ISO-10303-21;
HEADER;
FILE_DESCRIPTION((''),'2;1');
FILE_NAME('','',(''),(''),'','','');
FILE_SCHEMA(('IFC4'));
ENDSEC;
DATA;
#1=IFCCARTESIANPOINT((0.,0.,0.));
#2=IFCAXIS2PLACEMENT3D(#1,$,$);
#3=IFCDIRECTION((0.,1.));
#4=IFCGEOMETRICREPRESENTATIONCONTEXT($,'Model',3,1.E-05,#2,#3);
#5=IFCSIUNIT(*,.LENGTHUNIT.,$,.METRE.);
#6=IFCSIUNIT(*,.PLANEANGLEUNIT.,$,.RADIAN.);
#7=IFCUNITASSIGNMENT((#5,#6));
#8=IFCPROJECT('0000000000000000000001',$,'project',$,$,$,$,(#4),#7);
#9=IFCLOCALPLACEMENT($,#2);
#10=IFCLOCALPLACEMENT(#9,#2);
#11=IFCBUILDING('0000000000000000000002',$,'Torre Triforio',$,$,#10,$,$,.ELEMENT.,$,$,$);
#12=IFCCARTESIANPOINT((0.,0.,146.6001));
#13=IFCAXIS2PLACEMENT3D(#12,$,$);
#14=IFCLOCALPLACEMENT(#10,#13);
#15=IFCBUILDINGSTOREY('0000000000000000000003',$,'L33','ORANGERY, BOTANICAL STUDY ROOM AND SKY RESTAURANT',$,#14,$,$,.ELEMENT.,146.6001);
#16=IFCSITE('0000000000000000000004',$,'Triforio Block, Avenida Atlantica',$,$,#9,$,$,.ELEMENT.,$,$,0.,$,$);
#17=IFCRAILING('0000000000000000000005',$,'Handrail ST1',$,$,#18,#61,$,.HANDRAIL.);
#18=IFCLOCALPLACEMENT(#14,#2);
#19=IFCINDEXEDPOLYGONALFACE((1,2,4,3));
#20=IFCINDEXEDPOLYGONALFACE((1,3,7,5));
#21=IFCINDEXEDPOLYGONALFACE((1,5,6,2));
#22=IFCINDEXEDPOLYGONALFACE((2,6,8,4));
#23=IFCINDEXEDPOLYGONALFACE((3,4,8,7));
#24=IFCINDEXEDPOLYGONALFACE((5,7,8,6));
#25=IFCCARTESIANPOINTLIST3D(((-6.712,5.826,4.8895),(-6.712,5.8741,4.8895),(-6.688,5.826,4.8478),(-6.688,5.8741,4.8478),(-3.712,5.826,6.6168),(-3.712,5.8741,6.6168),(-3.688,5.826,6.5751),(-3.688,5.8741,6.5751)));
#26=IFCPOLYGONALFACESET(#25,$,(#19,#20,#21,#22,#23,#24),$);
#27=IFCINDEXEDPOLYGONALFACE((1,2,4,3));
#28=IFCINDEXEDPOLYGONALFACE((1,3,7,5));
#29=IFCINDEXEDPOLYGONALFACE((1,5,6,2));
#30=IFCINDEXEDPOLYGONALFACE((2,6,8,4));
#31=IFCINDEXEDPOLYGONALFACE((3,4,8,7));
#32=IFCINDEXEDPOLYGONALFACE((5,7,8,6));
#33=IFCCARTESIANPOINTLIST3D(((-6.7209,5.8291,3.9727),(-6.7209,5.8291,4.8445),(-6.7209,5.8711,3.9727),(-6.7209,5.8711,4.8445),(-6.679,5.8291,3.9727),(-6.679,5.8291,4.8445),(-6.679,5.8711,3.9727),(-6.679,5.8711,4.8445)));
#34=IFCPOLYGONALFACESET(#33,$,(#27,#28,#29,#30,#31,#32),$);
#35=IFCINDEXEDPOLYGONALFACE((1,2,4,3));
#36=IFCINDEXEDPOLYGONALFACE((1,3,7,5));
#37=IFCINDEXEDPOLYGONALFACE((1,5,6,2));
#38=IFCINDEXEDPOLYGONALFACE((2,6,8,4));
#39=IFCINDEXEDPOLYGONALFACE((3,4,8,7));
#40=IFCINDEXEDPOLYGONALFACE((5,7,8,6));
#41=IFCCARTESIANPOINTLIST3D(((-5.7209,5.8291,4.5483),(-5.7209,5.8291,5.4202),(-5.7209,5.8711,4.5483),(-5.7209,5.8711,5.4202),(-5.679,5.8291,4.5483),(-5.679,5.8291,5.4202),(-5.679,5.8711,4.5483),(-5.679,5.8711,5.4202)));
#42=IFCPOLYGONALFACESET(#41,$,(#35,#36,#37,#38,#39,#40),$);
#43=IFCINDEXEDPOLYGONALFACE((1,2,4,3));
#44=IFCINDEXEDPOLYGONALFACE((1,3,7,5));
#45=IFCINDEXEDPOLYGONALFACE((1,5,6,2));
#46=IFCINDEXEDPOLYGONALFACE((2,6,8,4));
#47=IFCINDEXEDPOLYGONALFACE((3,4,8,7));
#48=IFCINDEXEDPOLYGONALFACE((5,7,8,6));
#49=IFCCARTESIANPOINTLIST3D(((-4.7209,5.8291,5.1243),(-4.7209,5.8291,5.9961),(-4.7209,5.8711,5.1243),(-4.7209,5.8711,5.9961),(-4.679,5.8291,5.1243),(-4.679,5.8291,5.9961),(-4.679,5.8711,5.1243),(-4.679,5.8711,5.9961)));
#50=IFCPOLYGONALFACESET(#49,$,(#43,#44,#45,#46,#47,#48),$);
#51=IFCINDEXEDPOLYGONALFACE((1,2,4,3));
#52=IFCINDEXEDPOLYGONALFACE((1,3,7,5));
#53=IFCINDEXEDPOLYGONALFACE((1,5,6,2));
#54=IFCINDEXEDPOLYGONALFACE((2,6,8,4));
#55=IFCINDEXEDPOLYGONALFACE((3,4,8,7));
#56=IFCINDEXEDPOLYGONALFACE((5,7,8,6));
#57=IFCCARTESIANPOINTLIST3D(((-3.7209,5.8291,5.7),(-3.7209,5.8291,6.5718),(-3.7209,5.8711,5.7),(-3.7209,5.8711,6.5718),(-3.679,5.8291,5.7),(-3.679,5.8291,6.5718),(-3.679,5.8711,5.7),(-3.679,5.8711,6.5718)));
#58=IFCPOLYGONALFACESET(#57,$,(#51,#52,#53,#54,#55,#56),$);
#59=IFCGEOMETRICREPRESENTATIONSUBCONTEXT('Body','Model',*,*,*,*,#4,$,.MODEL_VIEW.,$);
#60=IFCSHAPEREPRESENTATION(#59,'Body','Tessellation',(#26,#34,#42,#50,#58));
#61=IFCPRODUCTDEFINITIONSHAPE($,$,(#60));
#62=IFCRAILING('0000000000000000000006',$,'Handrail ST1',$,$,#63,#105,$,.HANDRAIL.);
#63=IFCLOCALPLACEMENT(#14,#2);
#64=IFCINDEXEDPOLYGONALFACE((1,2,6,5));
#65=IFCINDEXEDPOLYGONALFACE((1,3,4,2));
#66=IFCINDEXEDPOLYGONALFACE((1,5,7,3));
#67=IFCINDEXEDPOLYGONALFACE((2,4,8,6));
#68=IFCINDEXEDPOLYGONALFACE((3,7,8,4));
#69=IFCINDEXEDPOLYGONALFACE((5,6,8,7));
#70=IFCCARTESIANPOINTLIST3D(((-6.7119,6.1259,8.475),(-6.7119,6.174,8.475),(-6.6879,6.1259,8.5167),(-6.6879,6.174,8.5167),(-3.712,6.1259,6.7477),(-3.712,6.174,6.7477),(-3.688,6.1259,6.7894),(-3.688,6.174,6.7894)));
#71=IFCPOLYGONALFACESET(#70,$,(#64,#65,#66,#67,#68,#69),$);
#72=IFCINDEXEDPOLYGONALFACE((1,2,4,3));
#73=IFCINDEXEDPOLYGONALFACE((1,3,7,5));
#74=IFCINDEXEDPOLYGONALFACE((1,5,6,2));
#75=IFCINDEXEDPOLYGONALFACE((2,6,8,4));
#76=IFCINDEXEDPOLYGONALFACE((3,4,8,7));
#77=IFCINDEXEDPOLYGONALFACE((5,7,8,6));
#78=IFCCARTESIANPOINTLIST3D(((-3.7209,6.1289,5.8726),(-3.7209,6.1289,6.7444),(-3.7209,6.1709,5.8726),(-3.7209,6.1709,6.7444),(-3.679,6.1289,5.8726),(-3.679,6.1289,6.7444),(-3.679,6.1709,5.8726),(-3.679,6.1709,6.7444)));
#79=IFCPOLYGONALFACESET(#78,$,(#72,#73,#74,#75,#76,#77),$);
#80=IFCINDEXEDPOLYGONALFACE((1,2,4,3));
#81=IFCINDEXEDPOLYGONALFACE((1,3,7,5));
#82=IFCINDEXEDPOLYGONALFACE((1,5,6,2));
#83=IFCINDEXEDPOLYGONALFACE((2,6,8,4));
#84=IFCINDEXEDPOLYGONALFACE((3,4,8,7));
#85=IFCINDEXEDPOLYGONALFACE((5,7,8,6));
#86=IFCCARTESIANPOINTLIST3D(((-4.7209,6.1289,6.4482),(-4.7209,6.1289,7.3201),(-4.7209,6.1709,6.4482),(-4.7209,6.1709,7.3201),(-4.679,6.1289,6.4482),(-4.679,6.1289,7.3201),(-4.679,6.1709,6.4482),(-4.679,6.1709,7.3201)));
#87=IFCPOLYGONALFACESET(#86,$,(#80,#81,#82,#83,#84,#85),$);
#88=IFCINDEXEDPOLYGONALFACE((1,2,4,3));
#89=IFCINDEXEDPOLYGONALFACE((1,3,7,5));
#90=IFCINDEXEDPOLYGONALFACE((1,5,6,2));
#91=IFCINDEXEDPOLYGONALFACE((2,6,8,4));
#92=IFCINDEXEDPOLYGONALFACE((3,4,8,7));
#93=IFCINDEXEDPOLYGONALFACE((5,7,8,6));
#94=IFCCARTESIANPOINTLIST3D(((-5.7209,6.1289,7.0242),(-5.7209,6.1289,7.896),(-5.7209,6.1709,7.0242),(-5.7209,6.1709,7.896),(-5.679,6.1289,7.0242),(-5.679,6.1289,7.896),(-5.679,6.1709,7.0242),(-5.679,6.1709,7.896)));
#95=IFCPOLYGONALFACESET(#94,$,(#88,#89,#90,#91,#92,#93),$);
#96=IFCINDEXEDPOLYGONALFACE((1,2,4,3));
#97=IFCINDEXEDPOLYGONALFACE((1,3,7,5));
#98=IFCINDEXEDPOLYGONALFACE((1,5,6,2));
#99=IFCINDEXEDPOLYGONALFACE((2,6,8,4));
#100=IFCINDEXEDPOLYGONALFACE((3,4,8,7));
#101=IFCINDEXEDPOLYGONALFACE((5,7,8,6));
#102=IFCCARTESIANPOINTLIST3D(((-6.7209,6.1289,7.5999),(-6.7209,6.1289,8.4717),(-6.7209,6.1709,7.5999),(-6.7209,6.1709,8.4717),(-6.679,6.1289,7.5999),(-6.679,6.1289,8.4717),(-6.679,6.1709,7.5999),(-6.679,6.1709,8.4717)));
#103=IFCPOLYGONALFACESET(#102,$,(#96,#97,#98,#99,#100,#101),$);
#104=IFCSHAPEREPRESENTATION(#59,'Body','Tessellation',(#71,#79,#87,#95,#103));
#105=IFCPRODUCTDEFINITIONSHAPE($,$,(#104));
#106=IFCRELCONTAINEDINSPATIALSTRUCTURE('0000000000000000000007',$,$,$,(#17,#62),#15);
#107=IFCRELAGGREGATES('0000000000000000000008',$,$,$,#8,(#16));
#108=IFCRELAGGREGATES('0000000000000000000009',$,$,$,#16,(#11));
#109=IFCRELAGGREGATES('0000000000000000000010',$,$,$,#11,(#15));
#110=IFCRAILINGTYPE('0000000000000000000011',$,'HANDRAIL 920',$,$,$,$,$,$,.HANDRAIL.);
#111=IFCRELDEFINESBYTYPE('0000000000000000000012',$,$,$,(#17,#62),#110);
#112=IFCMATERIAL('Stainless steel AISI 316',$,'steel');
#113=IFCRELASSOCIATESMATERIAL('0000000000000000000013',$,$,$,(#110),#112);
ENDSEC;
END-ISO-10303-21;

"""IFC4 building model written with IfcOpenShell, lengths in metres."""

from ifc_helpers import new_model, si_unit, direction, frame, origin, origin_2d, place, context, subcontext, project, spatial, rectangle, extrude, material, type_object, element, save


model = new_model("IFC4")

# Units and contexts
model_context = context("Model", 3, precision=1e-05, world=origin(), true_north=direction((0.0, 1.0)))
body_context = subcontext(model_context, "Body", "Model", "MODEL_VIEW")
ifc_project = project(units=[si_unit("LENGTHUNIT", "METRE"), si_unit("PLANEANGLEUNIT", "RADIAN")], contexts=[model_context])

# Site, building, storey
site_placement = place(None, origin())
site = spatial("IfcSite", under=ifc_project, at=site_placement, Name="Triforio Block, Avenida Atlantica", CompositionType="ELEMENT", RefElevation=0.0)
building_placement = place(site_placement, origin())
building = spatial("IfcBuilding", under=site, at=building_placement, Name="Torre Triforio", CompositionType="ELEMENT")
storey_placement = place(building_placement, frame((0.0, 0.0, 146.6001)))
storey = spatial("IfcBuildingStorey", under=building, at=storey_placement, Name="L33", Description="ORANGERY, BOTANICAL STUDY ROOM AND SKY RESTAURANT", CompositionType="ELEMENT", Elevation=146.6001)

# Railings
ifc_material_1 = material(Name="Stainless steel AISI 316", Category="steel")
railing_type = type_object("IfcRailingType", Name="HANDRAIL 920", PredefinedType="HANDRAIL", material=ifc_material_1)
for number, where, name in (
    (1, (-6.7, 5.8501, 3.9727), "Handrail ST1"),
):
    element("IfcRailing", number, at=place(storey_placement, frame(where)), inside=storey, type_object=railing_type, Name=name, PredefinedType="HANDRAIL", context=body_context, shape_type="SweptSolid", body=[
        extrude(rectangle(XDim=0.0481, YDim=0.0481, at=origin_2d()), frame((0.0, 0.0, 0.896), z_axis=(0.86662, 0.0, 0.498969), x_axis=(0.0, 1.0, 0.0)), (0.0, 0.0, 1.0), 3.4617),
        extrude(rectangle(XDim=0.042, YDim=0.042, at=origin_2d()), origin(), (0.0, 0.0, 1.0), 0.8718),
        extrude(rectangle(XDim=0.042, YDim=0.042, at=origin_2d()), frame((1.0, 0.0, 0.5757)), (0.0, 0.0, 1.0), 0.8718),
        extrude(rectangle(XDim=0.042, YDim=0.042, at=origin_2d()), frame((2.0, 0.0, 1.1516)), (0.0, 0.0, 1.0), 0.8718),
        extrude(rectangle(XDim=0.042, YDim=0.042, at=origin_2d()), frame((3.0, 0.0, 1.7273)), (0.0, 0.0, 1.0), 0.8718),
    ])
railing_1_placement = place(storey_placement, frame((-3.7, 6.1499, 5.8726)))
element("IfcRailing", 2, at=railing_1_placement, inside=storey, type_object=railing_type, Name="Handrail ST1", PredefinedType="HANDRAIL", context=body_context, shape_type="SweptSolid", body=[
    extrude(rectangle(XDim=0.0481, YDim=0.0481, at=origin_2d()), frame((0.0, 0.0, 0.896), z_axis=(-0.86662, 0.0, 0.498969), x_axis=(0.0, -1.0, 0.0)), (0.0, 0.0, 1.0), 3.4617),
    extrude(rectangle(XDim=0.042, YDim=0.042, at=origin_2d()), origin(), (0.0, 0.0, 1.0), 0.8718),
    extrude(rectangle(XDim=0.042, YDim=0.042, at=origin_2d()), frame((-1.0, 0.0, 0.5757)), (0.0, 0.0, 1.0), 0.8718),
    extrude(rectangle(XDim=0.042, YDim=0.042, at=origin_2d()), frame((-2.0, 0.0, 1.1516)), (0.0, 0.0, 1.0), 0.8718),
    extrude(rectangle(XDim=0.042, YDim=0.042, at=origin_2d()), frame((-3.0, 0.0, 1.7273)), (0.0, 0.0, 1.0), 0.8718),
])

save(model, "model.ifc")
